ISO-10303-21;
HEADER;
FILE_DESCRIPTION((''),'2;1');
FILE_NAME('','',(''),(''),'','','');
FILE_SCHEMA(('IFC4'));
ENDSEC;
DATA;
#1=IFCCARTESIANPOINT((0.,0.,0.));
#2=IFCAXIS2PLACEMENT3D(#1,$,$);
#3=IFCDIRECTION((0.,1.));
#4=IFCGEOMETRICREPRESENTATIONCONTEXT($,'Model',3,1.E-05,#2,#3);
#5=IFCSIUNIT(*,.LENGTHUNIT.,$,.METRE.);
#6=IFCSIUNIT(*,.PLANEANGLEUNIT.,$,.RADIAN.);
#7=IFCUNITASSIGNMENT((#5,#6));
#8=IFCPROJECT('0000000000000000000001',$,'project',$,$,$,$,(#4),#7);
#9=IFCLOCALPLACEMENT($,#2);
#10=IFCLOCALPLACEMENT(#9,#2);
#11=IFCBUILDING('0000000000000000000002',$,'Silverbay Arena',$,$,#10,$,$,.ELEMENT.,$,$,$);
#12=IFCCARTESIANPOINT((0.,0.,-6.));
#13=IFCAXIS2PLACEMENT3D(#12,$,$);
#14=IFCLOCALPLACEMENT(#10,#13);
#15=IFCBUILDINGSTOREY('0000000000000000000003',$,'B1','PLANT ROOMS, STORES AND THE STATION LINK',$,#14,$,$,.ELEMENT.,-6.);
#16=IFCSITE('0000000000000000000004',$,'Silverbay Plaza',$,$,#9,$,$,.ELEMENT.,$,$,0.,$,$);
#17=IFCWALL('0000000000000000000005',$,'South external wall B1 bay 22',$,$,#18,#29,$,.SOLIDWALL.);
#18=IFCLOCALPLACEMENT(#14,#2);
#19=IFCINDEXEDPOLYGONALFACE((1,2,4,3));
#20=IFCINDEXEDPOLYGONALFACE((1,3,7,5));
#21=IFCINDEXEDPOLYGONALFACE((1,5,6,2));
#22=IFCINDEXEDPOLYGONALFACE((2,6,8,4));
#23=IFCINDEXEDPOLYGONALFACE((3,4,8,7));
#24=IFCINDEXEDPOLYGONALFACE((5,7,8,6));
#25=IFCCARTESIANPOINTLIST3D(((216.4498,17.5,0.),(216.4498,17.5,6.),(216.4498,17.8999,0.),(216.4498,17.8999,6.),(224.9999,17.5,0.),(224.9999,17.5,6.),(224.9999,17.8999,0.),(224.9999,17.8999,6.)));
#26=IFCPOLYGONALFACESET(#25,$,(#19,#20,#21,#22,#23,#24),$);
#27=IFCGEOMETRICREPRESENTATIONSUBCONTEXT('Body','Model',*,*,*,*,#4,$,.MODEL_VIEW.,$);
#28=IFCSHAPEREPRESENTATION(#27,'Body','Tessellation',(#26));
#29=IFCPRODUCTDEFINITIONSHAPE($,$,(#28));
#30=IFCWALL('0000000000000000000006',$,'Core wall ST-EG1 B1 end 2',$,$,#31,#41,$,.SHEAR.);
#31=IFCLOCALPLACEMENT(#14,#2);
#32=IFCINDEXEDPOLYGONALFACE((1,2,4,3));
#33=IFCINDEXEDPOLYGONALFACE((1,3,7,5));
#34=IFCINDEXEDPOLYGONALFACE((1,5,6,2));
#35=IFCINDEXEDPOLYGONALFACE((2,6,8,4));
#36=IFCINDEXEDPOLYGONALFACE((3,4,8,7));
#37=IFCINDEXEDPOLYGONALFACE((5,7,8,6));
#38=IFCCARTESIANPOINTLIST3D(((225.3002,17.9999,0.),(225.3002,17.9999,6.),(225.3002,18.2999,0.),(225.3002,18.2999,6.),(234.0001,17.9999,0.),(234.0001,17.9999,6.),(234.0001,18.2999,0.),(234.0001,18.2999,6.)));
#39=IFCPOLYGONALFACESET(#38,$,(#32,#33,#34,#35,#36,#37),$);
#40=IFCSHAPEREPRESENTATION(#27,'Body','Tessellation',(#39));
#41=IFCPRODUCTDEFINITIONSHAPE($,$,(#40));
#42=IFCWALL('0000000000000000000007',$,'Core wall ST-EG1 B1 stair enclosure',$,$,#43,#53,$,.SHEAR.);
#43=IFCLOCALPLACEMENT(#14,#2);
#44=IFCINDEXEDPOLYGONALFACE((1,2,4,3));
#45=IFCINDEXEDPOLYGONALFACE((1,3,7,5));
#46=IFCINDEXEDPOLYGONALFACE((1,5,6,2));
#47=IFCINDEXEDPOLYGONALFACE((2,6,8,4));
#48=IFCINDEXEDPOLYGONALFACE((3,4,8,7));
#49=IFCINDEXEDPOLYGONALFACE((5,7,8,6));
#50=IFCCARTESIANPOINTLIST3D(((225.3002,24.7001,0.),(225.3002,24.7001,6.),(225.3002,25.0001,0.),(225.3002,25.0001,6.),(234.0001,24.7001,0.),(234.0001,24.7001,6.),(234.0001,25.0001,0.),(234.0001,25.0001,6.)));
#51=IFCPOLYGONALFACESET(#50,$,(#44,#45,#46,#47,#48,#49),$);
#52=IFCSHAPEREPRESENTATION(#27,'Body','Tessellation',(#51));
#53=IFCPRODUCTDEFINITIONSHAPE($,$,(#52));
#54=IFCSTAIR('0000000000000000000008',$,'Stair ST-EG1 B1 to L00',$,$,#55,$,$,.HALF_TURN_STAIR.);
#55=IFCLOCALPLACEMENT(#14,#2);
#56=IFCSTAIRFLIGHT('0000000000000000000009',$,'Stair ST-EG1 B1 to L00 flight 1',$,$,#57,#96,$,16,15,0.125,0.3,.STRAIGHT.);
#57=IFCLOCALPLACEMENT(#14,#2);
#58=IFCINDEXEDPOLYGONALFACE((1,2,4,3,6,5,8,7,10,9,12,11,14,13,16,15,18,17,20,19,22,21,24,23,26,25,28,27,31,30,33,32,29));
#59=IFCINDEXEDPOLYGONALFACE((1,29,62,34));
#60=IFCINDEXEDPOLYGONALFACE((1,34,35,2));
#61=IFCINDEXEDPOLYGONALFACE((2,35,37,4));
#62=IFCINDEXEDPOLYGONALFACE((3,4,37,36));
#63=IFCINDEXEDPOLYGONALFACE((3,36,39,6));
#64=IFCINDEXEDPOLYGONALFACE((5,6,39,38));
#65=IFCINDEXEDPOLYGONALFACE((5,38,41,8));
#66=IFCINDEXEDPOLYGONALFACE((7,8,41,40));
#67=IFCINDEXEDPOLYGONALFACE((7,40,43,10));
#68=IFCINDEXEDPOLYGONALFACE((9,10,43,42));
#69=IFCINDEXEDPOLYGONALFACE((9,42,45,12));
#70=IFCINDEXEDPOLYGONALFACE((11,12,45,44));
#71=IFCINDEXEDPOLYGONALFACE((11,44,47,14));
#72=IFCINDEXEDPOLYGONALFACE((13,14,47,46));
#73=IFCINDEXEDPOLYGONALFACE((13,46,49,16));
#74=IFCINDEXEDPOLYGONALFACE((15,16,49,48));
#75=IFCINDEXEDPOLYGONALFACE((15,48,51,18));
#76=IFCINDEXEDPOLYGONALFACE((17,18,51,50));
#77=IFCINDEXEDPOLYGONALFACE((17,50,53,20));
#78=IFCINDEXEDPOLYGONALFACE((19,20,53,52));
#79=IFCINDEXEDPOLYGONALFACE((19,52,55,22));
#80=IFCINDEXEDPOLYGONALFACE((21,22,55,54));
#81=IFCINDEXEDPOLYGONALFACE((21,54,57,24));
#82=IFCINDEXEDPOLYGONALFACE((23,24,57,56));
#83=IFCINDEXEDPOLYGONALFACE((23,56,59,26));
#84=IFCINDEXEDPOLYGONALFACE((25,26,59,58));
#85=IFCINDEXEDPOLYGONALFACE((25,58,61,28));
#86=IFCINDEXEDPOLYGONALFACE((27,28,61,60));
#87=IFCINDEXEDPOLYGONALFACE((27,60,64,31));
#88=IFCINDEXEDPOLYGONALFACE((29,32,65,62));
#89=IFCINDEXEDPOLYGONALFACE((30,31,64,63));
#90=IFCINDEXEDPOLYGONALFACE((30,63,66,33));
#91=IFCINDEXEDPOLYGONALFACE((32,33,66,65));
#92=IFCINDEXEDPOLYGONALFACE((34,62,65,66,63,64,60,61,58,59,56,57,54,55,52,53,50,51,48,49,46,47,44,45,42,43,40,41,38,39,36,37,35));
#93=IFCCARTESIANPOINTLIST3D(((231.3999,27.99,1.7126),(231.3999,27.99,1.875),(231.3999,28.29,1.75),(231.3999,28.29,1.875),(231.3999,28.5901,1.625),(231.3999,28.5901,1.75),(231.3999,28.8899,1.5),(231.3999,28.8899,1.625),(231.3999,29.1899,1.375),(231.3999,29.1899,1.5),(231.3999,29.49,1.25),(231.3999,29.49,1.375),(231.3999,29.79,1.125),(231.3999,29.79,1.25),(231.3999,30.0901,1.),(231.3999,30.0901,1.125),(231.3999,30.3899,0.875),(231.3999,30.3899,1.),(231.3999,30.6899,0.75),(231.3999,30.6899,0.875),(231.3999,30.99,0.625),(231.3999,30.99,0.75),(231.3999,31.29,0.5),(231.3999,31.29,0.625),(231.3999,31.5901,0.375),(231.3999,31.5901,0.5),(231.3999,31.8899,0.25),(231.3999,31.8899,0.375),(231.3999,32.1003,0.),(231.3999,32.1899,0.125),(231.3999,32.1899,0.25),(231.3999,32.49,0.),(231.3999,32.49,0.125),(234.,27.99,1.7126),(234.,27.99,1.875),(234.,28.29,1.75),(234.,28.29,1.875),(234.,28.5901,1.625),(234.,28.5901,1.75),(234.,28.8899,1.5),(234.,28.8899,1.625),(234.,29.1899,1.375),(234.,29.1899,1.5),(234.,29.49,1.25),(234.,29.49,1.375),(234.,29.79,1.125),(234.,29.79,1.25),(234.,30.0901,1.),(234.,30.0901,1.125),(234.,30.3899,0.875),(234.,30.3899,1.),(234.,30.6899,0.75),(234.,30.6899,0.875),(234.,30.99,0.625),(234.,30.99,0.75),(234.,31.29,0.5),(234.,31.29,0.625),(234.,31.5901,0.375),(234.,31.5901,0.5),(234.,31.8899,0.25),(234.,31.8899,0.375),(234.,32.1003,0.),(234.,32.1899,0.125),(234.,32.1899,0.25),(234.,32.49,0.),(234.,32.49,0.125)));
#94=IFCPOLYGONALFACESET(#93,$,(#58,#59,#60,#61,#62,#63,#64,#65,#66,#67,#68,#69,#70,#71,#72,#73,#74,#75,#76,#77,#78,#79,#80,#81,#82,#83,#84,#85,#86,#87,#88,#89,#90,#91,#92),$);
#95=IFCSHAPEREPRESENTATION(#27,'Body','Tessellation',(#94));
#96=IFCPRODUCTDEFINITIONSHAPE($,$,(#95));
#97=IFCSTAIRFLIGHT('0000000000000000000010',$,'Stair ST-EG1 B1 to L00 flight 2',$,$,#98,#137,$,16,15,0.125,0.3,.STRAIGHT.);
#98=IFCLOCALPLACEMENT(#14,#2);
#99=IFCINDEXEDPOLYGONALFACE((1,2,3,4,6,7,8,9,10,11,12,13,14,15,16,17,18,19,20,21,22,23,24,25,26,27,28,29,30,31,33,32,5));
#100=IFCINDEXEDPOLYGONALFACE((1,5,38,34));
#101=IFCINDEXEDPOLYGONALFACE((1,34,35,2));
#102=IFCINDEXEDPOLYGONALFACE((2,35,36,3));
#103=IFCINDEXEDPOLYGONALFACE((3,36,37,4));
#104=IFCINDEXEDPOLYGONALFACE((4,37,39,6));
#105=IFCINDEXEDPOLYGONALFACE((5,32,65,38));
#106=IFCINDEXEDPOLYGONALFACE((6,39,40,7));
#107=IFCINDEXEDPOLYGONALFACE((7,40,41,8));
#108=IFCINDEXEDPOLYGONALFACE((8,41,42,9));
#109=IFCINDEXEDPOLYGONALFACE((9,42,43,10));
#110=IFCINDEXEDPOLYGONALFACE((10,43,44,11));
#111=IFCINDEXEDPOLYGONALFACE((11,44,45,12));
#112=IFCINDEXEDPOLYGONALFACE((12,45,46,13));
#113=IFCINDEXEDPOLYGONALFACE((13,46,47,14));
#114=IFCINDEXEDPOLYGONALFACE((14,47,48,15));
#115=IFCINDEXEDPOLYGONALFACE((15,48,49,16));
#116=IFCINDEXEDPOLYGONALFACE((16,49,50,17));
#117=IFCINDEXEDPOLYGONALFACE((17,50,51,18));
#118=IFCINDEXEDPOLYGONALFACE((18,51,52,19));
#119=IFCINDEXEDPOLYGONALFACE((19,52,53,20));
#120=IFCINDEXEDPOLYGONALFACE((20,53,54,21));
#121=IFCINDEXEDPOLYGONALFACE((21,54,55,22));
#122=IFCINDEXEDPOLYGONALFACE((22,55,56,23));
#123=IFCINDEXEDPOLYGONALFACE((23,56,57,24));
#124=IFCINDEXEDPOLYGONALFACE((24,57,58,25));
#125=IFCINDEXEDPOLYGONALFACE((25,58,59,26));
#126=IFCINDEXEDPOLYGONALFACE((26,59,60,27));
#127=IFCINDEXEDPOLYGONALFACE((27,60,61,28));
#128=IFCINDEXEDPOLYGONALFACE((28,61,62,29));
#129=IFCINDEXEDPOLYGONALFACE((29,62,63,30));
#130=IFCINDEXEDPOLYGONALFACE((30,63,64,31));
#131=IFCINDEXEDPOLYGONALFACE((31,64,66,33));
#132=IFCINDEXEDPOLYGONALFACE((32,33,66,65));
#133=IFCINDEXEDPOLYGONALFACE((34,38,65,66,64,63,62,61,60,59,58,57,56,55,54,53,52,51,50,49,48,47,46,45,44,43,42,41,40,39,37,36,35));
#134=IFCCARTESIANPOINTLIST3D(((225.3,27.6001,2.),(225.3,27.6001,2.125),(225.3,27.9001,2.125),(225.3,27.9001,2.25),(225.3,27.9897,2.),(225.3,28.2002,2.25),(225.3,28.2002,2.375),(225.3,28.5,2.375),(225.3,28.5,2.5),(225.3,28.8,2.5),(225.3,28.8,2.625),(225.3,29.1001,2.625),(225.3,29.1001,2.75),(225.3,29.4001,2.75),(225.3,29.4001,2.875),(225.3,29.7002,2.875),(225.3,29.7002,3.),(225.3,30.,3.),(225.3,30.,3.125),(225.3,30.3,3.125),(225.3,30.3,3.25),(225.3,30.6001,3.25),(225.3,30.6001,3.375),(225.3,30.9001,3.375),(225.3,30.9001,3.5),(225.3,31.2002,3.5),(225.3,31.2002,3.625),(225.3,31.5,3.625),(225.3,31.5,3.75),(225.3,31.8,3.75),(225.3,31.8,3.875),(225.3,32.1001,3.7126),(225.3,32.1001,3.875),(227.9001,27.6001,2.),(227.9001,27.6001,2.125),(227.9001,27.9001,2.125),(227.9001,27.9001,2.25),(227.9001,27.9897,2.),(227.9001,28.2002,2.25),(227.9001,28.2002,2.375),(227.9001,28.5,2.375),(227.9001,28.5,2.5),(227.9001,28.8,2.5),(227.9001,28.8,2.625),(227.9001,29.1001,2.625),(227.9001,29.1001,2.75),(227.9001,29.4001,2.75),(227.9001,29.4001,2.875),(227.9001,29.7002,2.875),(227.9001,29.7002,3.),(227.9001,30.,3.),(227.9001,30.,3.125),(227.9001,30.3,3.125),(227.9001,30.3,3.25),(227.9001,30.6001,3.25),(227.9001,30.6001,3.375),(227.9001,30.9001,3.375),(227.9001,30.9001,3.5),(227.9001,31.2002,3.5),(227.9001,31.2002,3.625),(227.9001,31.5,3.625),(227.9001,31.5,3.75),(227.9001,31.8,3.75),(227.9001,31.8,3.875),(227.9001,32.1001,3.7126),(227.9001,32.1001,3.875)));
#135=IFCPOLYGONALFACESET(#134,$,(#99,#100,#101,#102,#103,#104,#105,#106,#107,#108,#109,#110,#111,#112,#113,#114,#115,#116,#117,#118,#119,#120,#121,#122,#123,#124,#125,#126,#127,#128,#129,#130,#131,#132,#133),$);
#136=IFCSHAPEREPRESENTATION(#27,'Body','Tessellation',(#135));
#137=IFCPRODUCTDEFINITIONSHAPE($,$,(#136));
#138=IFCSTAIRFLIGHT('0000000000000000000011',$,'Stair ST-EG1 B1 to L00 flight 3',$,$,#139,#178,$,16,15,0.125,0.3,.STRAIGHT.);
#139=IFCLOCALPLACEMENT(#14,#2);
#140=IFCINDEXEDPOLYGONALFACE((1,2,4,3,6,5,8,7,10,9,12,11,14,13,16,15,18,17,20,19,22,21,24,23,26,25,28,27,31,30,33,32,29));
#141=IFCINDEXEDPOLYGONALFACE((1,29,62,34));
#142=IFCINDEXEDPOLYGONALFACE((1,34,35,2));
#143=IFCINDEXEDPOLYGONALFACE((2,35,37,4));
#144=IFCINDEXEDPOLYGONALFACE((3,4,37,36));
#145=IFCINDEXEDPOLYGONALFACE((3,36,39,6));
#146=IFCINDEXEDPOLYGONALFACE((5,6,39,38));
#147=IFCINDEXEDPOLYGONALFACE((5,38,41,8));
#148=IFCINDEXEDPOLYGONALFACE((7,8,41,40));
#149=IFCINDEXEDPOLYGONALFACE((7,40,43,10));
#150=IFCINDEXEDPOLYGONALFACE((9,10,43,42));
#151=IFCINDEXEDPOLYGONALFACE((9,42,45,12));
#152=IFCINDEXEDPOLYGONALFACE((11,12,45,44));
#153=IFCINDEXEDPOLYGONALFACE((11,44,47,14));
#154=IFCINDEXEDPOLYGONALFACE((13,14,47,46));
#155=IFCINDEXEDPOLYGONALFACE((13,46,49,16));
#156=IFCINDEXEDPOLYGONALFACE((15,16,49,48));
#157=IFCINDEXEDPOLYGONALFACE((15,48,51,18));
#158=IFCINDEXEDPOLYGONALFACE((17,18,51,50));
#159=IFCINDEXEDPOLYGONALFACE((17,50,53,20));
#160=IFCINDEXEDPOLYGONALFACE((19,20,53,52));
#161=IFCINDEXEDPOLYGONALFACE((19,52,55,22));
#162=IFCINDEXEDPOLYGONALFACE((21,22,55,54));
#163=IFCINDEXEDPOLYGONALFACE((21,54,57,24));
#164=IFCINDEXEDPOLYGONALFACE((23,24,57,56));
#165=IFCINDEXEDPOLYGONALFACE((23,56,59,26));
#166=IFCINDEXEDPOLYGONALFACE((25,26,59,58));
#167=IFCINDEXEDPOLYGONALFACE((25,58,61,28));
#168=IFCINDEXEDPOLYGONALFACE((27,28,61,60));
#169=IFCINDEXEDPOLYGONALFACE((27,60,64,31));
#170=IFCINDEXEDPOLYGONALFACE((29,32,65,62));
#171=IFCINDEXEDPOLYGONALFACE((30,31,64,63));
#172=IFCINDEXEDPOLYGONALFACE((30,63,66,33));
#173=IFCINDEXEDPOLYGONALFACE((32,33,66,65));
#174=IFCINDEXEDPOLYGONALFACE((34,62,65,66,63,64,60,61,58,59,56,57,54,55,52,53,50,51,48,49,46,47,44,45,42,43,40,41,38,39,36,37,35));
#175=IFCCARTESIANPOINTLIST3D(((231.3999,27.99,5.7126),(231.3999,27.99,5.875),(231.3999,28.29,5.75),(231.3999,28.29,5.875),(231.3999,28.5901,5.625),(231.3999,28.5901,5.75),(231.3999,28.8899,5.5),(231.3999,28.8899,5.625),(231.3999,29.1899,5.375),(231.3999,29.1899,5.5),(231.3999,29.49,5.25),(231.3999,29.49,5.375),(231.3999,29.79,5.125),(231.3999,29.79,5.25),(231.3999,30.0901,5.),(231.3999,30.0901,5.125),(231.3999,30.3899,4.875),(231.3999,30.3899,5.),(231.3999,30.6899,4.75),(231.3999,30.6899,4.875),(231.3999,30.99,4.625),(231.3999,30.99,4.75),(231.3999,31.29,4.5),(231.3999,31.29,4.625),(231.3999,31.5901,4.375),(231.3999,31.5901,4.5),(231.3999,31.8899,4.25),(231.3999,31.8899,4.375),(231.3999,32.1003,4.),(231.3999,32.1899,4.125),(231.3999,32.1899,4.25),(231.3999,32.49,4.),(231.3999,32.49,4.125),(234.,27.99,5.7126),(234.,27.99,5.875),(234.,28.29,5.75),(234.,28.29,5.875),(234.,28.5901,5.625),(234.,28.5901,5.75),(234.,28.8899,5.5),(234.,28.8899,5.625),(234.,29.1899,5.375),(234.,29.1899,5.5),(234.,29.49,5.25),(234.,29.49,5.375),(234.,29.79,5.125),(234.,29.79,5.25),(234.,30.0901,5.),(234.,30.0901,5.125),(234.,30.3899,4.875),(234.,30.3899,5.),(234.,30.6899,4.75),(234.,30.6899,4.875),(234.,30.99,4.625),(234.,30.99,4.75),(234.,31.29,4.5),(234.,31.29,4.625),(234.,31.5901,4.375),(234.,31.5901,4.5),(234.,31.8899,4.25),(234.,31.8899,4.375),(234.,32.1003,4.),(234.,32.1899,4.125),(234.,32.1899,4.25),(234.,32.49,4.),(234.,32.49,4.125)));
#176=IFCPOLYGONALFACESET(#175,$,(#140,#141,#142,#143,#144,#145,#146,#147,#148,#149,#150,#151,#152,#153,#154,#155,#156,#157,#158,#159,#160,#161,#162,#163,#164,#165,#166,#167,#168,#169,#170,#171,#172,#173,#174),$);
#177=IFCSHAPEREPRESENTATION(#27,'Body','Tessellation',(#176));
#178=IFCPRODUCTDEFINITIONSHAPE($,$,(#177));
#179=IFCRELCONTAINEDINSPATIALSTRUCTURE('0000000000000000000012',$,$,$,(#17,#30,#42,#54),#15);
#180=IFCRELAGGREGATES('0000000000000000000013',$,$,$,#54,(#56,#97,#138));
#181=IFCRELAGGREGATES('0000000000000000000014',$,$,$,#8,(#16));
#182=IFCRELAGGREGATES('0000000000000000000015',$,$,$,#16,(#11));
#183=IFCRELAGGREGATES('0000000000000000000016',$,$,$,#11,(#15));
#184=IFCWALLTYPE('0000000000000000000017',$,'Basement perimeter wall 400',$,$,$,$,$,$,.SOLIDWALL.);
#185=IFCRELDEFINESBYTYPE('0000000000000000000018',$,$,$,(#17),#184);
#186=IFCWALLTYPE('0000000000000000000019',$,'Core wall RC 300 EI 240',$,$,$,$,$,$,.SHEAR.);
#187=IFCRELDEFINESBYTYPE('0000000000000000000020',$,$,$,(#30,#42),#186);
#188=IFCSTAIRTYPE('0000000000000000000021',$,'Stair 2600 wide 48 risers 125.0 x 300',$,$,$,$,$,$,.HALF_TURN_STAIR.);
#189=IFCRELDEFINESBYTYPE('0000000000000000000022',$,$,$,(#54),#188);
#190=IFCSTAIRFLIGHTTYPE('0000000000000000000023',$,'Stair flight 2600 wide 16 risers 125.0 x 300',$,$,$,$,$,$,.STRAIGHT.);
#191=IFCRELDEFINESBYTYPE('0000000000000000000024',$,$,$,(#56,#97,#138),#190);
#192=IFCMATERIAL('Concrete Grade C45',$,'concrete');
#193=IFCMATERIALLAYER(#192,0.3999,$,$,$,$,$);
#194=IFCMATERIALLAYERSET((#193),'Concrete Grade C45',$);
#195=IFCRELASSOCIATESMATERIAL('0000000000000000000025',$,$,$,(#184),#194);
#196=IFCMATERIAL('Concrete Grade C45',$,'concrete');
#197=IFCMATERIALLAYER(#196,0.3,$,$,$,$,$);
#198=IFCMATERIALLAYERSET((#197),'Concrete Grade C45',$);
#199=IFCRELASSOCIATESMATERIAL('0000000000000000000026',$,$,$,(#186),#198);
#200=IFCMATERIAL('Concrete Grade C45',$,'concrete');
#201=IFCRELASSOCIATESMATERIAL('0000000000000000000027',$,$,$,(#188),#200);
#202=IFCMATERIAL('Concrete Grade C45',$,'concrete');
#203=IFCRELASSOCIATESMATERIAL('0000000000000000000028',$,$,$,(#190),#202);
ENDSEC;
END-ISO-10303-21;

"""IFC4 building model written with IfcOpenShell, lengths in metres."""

from ifc_helpers import new_model, si_unit, direction, frame, frame_2d, origin, place, context, subcontext, project, spatial, polyline, rectangle, outline, extrude, material, layer, layer_set, type_object, element, aggregate, save


model = new_model("IFC4")

# Units and contexts
model_context = context("Model", 3, precision=1e-05, world=origin(), true_north=direction((0.0, 1.0)))
body_context = subcontext(model_context, "Body", "Model", "MODEL_VIEW")
ifc_project = project(units=[si_unit("LENGTHUNIT", "METRE"), si_unit("PLANEANGLEUNIT", "RADIAN")], contexts=[model_context])

# Site, building, storey
site_placement = place(None, origin())
site = spatial("IfcSite", under=ifc_project, at=site_placement, Name="Silverbay Plaza", CompositionType="ELEMENT", RefElevation=0.0)
building_placement = place(site_placement, origin())
building = spatial("IfcBuilding", under=site, at=building_placement, Name="Silverbay Arena", CompositionType="ELEMENT")
storey_placement = place(building_placement, frame((0.0, 0.0, -6.0)))
storey = spatial("IfcBuildingStorey", under=building, at=storey_placement, Name="B1", Description="PLANT ROOMS, STORES AND THE STATION LINK", CompositionType="ELEMENT", Elevation=-6.0)

# Walls
ifc_material_1 = material(Name="Concrete Grade C45", Category="concrete")
ifc_layer_1 = layer(ifc_material_1, 0.3999)
ifc_layer_set_1 = layer_set([ifc_layer_1], Name="Concrete Grade C45")
wall_type_1 = type_object("IfcWallType", Name="Basement perimeter wall 400", PredefinedType="SOLIDWALL", material=ifc_layer_set_1)
wall_placement = place(storey_placement, frame((216.45, 17.7, 0.0), z_axis=(0.0, 0.0, 1.0), x_axis=(1.0, 0.0, 0.0)))
element("IfcWall", 1, at=wall_placement, inside=storey, type_object=wall_type_1, Name="South external wall B1 bay 22", PredefinedType="SOLIDWALL", context=body_context, shape_type="SweptSolid", body=[
    extrude(rectangle(XDim=8.55, YDim=0.3999, at=frame_2d((4.2749, 0.0))), origin(), (0.0, 0.0, 1.0), 6.0),
])
ifc_material_2 = material(Name="Concrete Grade C45", Category="concrete")
ifc_layer_2 = layer(ifc_material_2, 0.3)
ifc_layer_set_2 = layer_set([ifc_layer_2], Name="Concrete Grade C45")
wall_type_2 = type_object("IfcWallType", Name="Core wall RC 300 EI 240", PredefinedType="SHEAR", material=ifc_layer_set_2)
for number, where, z_axis, x_axis, name in (
    (2, (225.3, 18.1499, 0.0), (0.0, 0.0, 1.0), (1.0, 0.0, 0.0), "Core wall ST-EG1 B1 end 2"),
    (3, (225.3, 24.8501, 0.0), (0.0, 0.0, 1.0), (1.0, 0.0, 0.0), "Core wall ST-EG1 B1 stair enclosure"),
):
    element("IfcWall", number, at=place(storey_placement, frame(where, z_axis=z_axis, x_axis=x_axis)), inside=storey, type_object=wall_type_2, Name=name, PredefinedType="SHEAR", context=body_context, shape_type="SweptSolid", body=[
        extrude(rectangle(XDim=8.7, YDim=0.3, at=frame_2d((4.3501, 0.0))), origin(), (0.0, 0.0, 1.0), 6.0),
    ])

# Stair, stair flights
ifc_material_3 = material(Name="Concrete Grade C45", Category="concrete")
stair_type = type_object("IfcStairType", Name="Stair 2600 wide 48 risers 125.0 x 300", PredefinedType="HALF_TURN_STAIR", material=ifc_material_3)
stair_placement = place(storey_placement, origin())
stair = element("IfcStair", 4, at=stair_placement, inside=storey, type_object=stair_type, Name="Stair ST-EG1 B1 to L00", PredefinedType="HALF_TURN_STAIR")
ifc_material_4 = material(Name="Concrete Grade C45", Category="concrete")
stair_flight_type = type_object("IfcStairFlightType", Name="Stair flight 2600 wide 16 risers 125.0 x 300", PredefinedType="STRAIGHT", material=ifc_material_4)
stair_flight_1_placement = place(storey_placement, frame((232.7, 32.49, 0.0), z_axis=(0.0, 0.0, 1.0), x_axis=(0.0, -1.0, 0.0)))
stair_flight_1 = element("IfcStairFlight", 5, at=stair_flight_1_placement, type_object=stair_flight_type, Name="Stair ST-EG1 B1 to L00 flight 1", NumberOfRisers=16, NumberOfTreads=15, PredefinedType="STRAIGHT", RiserHeight=0.125, TreadLength=0.3, context=body_context, shape_type="SweptSolid", body=[
    extrude(outline(polyline([(0.0, 0.0), (0.0, 0.125), (0.3, 0.125), (0.3, 0.25), (0.6001, 0.25), (0.6001, 0.375), (0.8999, 0.375), (0.8999, 0.5), (1.2, 0.5), (1.2, 0.625), (1.5, 0.625), (1.5, 0.75), (1.8, 0.75), (1.8, 0.875), (2.1001, 0.875), (2.1001, 1.0), (2.3999, 1.0), (2.3999, 1.125), (2.7, 1.125), (2.7, 1.25), (3.0, 1.25), (3.0, 1.375), (3.3, 1.375), (3.3, 1.5), (3.6001, 1.5), (3.6001, 1.625), (3.8999, 1.625), (3.8999, 1.75), (4.2, 1.75), (4.2, 1.875), (4.5, 1.875), (4.5, 1.7126), (0.3896, 0.0), (0.0, 0.0)])), frame((0.0, 1.3, 0.0), z_axis=(0.0, -1.0, 0.0), x_axis=(1.0, 0.0, 0.0)), (0.0, 0.0, 1.0), 2.6001),
])
stair_flight_2_placement = place(storey_placement, frame((226.6001, 27.6001, 2.0), z_axis=(0.0, 0.0, 1.0), x_axis=(0.0, 1.0, 0.0)))
stair_flight_2 = element("IfcStairFlight", 6, at=stair_flight_2_placement, type_object=stair_flight_type, Name="Stair ST-EG1 B1 to L00 flight 2", NumberOfRisers=16, NumberOfTreads=15, PredefinedType="STRAIGHT", RiserHeight=0.125, TreadLength=0.3, context=body_context, shape_type="SweptSolid", body=[
    extrude(outline(polyline([(0.0, 0.0), (0.0, 0.125), (0.3, 0.125), (0.3, 0.25), (0.6001, 0.25), (0.6001, 0.375), (0.8999, 0.375), (0.8999, 0.5), (1.2, 0.5), (1.2, 0.625), (1.5, 0.625), (1.5, 0.75), (1.8, 0.75), (1.8, 0.875), (2.1001, 0.875), (2.1001, 1.0), (2.3999, 1.0), (2.3999, 1.125), (2.7, 1.125), (2.7, 1.25), (3.0, 1.25), (3.0, 1.375), (3.3, 1.375), (3.3, 1.5), (3.6001, 1.5), (3.6001, 1.625), (3.8999, 1.625), (3.8999, 1.75), (4.2, 1.75), (4.2, 1.875), (4.5, 1.875), (4.5, 1.7126), (0.3896, 0.0), (0.0, 0.0)])), frame((0.0, 1.3, 0.0), z_axis=(0.0, -1.0, 0.0), x_axis=(1.0, 0.0, 0.0)), (0.0, 0.0, 1.0), 2.6001),
])
stair_flight_3_placement = place(storey_placement, frame((232.7, 32.49, 4.0), z_axis=(0.0, 0.0, 1.0), x_axis=(0.0, -1.0, 0.0)))
stair_flight_3 = element("IfcStairFlight", 7, at=stair_flight_3_placement, type_object=stair_flight_type, Name="Stair ST-EG1 B1 to L00 flight 3", NumberOfRisers=16, NumberOfTreads=15, PredefinedType="STRAIGHT", RiserHeight=0.125, TreadLength=0.3, context=body_context, shape_type="SweptSolid", body=[
    extrude(outline(polyline([(0.0, 0.0), (0.0, 0.125), (0.3, 0.125), (0.3, 0.25), (0.6001, 0.25), (0.6001, 0.375), (0.8999, 0.375), (0.8999, 0.5), (1.2, 0.5), (1.2, 0.625), (1.5, 0.625), (1.5, 0.75), (1.8, 0.75), (1.8, 0.875), (2.1001, 0.875), (2.1001, 1.0), (2.3999, 1.0), (2.3999, 1.125), (2.7, 1.125), (2.7, 1.25), (3.0, 1.25), (3.0, 1.375), (3.3, 1.375), (3.3, 1.5), (3.6001, 1.5), (3.6001, 1.625), (3.8999, 1.625), (3.8999, 1.75), (4.2, 1.75), (4.2, 1.875), (4.5, 1.875), (4.5, 1.7126), (0.3896, 0.0), (0.0, 0.0)])), frame((0.0, 1.3, 0.0), z_axis=(0.0, -1.0, 0.0), x_axis=(1.0, 0.0, 0.0)), (0.0, 0.0, 1.0), 2.6001),
])
aggregate(stair, [stair_flight_1, stair_flight_2, stair_flight_3])

save(model, "model.ifc")
